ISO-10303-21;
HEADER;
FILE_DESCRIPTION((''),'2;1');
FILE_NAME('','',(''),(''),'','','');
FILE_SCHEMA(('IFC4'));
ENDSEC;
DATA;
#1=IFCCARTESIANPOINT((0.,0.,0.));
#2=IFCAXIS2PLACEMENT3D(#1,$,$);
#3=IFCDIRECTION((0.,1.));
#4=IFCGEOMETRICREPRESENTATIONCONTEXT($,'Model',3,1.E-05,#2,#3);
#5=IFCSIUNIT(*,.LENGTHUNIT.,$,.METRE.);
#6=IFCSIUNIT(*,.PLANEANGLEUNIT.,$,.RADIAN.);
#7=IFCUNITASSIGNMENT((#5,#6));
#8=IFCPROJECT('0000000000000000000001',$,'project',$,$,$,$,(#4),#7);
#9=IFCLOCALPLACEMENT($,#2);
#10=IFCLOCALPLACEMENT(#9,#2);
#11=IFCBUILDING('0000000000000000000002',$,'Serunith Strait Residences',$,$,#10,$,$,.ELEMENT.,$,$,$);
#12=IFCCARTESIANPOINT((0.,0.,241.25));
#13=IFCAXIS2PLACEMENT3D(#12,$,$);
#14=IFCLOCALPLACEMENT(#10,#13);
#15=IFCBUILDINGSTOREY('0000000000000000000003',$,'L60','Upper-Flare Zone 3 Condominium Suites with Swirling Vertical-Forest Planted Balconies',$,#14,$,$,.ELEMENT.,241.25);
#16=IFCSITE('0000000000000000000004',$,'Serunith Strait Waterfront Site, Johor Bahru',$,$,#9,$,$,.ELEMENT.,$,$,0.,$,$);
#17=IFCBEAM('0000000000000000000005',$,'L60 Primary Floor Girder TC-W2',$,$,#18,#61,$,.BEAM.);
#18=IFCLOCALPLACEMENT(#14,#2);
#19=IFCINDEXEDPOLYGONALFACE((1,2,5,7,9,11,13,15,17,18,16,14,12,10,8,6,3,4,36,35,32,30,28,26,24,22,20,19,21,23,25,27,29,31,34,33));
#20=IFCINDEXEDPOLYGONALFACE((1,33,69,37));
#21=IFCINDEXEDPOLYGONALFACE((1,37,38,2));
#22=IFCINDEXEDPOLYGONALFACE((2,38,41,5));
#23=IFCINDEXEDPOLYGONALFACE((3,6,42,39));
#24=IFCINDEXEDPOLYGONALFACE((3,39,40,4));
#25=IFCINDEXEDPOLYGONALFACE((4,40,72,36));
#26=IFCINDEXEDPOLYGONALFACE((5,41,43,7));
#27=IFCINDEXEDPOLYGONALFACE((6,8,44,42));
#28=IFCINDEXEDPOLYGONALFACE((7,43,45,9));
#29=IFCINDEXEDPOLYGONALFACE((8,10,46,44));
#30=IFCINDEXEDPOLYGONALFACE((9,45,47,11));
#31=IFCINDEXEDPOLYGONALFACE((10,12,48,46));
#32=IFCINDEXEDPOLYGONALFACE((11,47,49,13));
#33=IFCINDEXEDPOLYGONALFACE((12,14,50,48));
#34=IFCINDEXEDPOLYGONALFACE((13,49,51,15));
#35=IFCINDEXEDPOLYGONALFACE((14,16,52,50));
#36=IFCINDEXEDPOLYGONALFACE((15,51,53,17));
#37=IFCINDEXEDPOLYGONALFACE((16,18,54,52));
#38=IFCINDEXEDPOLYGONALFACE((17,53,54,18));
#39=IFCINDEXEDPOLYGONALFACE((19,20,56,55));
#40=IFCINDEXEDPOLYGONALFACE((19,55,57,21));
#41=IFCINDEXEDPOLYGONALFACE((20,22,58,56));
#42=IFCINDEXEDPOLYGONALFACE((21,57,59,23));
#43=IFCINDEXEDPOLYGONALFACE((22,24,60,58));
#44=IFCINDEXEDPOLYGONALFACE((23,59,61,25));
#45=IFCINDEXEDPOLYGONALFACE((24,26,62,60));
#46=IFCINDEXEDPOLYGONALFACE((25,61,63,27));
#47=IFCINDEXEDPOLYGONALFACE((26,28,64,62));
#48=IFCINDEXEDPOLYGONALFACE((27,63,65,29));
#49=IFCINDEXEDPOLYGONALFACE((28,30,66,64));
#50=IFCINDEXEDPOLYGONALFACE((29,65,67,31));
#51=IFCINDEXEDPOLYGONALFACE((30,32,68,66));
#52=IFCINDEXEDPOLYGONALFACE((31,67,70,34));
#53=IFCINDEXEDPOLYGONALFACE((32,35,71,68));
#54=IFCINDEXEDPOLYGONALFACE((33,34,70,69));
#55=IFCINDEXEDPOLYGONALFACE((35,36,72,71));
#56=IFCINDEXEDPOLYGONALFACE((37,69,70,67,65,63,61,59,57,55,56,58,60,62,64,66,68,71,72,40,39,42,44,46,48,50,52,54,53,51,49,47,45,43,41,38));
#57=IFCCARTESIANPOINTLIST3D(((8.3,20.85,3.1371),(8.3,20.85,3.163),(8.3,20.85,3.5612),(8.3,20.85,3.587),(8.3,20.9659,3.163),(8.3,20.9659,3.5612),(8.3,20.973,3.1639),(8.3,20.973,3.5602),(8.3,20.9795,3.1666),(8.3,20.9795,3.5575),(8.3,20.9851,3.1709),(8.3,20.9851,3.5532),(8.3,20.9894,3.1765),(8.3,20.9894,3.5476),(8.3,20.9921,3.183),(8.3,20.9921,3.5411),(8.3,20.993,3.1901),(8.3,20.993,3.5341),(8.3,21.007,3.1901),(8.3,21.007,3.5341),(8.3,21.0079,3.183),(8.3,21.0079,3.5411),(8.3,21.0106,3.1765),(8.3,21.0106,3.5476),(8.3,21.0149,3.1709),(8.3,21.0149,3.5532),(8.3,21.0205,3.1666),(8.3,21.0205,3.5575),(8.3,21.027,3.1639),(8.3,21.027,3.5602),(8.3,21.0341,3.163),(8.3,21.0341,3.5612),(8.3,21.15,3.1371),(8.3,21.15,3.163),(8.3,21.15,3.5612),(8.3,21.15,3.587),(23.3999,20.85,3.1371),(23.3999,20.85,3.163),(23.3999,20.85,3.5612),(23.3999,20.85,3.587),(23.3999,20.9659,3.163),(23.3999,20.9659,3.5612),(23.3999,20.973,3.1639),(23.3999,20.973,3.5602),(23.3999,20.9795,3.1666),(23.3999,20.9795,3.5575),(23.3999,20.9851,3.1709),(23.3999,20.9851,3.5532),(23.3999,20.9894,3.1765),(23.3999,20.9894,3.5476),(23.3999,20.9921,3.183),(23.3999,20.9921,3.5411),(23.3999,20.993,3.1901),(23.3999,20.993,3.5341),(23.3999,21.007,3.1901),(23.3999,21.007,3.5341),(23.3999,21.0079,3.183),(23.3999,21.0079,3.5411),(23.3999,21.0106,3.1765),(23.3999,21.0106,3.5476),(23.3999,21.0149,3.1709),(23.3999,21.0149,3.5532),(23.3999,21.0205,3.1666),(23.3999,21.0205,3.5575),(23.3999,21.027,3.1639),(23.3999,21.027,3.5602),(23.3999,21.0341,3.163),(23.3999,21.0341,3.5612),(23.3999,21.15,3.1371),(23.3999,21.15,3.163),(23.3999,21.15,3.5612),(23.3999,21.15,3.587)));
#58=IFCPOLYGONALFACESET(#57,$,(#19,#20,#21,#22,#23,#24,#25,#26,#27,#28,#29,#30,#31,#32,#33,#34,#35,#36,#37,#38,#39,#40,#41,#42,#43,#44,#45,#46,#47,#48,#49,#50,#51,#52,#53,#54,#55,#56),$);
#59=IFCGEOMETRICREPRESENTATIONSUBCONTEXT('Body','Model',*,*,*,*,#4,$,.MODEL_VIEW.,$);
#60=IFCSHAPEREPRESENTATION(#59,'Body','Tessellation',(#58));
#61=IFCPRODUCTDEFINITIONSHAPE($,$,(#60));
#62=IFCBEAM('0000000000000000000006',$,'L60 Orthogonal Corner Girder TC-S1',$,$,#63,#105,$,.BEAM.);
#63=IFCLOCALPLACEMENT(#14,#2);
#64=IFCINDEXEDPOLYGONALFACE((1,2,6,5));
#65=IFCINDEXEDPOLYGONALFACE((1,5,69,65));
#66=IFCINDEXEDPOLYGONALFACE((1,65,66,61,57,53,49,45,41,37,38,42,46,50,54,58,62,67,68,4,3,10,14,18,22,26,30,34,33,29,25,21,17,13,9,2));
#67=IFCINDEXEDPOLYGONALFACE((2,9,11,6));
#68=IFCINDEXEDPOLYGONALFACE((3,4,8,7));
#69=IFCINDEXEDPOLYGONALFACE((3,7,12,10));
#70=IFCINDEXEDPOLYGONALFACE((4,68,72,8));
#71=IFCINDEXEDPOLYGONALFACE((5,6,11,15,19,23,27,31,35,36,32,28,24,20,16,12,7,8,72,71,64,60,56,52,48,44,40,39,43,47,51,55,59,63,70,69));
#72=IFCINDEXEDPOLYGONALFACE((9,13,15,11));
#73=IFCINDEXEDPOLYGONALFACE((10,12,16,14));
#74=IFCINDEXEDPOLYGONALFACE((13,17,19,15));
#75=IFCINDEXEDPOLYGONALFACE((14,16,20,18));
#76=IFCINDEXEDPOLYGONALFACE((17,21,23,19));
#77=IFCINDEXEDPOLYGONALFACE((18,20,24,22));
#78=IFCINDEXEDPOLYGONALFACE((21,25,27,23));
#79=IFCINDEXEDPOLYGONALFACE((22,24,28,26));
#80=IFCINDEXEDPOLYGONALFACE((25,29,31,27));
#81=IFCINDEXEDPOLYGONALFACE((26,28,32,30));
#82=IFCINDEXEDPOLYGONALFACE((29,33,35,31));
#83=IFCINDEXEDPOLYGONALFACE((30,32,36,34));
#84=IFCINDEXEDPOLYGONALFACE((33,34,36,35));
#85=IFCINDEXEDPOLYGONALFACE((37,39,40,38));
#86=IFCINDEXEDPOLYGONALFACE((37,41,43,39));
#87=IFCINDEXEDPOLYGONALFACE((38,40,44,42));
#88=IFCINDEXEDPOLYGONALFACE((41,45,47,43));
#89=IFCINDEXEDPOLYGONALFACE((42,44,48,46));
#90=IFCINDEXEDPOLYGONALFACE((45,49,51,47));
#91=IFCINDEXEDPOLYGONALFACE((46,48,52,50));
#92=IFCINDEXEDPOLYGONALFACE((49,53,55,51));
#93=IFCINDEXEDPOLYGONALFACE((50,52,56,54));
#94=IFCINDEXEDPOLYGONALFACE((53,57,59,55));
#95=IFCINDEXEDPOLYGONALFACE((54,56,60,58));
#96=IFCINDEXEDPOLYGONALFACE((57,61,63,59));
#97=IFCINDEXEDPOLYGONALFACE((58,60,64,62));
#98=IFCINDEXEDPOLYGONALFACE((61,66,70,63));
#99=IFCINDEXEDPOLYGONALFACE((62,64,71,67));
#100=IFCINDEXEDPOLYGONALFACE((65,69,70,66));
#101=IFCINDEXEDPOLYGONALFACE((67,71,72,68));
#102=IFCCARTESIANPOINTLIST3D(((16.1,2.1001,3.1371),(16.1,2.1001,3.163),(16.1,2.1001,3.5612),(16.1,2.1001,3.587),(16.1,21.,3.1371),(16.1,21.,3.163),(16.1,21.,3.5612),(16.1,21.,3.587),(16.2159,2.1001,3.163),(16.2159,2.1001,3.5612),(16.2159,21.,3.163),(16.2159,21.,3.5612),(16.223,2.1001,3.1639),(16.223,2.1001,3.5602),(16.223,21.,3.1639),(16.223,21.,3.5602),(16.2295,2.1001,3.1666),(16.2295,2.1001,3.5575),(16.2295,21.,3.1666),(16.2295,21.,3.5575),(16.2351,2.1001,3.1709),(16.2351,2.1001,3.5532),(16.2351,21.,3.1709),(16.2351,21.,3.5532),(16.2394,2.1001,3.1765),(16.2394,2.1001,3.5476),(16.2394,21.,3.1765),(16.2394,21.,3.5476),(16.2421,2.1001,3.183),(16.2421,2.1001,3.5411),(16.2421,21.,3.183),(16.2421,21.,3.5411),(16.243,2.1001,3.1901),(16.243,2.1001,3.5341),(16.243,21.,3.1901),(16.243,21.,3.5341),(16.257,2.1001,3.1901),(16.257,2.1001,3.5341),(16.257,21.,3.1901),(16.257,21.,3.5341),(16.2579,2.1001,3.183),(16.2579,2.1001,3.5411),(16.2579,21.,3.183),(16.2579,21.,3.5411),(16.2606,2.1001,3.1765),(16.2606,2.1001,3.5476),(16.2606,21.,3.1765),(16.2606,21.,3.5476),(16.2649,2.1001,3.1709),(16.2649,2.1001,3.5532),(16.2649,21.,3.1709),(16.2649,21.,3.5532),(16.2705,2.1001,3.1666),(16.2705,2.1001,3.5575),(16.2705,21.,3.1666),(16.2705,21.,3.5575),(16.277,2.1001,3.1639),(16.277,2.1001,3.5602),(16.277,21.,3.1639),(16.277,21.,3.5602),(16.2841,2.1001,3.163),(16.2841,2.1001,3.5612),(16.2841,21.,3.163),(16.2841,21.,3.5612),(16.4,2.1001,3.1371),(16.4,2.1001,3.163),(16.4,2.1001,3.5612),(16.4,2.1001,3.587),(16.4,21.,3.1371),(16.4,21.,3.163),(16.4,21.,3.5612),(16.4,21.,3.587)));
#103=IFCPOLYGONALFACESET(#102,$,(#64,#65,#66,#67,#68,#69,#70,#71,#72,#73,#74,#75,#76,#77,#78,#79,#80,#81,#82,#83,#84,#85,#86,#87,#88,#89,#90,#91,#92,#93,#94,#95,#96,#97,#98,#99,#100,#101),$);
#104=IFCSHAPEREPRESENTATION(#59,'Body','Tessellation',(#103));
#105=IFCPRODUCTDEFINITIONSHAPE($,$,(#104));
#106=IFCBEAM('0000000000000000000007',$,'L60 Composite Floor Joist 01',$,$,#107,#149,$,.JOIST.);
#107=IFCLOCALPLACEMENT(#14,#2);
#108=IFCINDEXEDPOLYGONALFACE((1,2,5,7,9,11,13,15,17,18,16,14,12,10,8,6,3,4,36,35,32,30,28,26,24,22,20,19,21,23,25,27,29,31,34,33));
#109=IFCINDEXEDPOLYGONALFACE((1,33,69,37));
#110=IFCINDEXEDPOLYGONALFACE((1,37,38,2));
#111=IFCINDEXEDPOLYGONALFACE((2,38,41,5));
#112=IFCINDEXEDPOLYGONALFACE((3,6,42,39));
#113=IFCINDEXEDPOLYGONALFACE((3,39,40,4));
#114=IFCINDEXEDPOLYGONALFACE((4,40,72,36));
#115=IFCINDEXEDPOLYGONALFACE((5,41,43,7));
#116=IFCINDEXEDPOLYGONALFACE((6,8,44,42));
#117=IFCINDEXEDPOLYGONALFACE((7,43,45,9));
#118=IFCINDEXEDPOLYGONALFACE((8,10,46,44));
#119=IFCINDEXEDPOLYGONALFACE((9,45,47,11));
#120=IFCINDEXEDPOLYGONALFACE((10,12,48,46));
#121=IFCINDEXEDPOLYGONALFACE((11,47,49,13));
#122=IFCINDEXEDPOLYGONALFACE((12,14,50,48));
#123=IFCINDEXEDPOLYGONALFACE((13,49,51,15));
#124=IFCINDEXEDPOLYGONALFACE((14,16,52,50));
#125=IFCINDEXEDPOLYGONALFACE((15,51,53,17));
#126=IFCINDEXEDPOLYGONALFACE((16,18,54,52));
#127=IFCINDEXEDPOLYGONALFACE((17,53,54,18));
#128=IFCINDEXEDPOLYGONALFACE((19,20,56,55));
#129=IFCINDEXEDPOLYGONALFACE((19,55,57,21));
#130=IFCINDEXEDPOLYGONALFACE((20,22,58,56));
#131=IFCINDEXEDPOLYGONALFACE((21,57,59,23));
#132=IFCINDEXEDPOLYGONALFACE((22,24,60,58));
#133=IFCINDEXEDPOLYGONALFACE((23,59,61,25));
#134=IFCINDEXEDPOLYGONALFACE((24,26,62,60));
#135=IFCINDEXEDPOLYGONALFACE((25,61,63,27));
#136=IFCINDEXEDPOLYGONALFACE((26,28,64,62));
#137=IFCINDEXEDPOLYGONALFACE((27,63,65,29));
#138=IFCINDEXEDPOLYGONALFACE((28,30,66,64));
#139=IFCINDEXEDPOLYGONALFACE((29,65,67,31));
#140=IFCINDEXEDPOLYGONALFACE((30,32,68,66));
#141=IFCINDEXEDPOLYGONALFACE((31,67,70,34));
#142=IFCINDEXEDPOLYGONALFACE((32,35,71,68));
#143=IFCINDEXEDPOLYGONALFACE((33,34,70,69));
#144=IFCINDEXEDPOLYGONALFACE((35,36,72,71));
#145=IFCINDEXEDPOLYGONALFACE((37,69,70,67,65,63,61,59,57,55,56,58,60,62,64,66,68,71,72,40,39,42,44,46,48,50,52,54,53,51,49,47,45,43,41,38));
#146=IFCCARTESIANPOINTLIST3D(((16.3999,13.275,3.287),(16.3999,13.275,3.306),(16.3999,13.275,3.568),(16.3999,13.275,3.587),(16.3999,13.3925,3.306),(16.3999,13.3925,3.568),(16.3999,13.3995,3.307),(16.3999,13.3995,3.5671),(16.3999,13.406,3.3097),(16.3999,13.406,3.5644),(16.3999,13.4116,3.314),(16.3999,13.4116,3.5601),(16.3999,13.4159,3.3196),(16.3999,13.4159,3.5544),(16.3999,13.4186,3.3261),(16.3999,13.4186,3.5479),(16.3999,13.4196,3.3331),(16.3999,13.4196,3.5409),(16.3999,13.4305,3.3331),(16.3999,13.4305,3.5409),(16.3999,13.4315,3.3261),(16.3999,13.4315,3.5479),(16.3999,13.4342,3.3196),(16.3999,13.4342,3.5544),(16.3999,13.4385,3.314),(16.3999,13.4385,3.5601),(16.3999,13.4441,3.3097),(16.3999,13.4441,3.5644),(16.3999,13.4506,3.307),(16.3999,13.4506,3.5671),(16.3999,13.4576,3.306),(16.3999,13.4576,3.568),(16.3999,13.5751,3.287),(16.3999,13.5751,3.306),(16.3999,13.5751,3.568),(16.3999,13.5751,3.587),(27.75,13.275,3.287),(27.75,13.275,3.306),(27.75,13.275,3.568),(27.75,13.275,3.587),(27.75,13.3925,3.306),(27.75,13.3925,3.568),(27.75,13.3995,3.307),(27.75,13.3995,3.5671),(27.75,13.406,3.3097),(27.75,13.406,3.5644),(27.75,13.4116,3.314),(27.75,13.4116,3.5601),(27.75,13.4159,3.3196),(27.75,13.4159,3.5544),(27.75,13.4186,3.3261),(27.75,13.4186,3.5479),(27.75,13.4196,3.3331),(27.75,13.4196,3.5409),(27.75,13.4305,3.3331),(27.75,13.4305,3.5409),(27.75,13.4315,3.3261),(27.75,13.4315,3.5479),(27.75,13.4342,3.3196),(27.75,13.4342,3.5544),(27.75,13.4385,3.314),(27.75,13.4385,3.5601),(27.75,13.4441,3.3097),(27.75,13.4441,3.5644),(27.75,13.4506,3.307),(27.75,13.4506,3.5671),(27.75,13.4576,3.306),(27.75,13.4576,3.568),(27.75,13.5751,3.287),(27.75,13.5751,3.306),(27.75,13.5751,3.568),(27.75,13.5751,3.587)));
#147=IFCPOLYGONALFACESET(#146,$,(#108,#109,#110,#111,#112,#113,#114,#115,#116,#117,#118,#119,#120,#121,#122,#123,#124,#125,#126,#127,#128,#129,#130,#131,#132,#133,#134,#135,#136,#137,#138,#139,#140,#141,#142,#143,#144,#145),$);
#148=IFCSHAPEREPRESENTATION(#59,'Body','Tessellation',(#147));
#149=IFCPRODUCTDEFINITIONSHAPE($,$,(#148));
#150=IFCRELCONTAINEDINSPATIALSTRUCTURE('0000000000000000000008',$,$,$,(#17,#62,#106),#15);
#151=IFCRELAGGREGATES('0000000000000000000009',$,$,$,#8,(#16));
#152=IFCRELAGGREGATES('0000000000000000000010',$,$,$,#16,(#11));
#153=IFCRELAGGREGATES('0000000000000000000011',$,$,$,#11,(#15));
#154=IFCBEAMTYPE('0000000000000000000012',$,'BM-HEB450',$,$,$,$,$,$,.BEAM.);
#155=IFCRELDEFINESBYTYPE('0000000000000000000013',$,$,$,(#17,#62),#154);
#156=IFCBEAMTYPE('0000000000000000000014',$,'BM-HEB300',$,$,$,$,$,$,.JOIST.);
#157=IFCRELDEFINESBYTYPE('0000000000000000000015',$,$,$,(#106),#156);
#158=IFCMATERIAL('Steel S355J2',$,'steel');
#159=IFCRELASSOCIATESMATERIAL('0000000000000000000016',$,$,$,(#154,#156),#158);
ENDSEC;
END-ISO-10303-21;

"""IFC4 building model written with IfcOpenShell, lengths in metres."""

from ifc_helpers import new_model, si_unit, direction, frame, origin, origin_2d, place, context, subcontext, project, spatial, i_section, extrude, source, transform, mapped, material, material_profile, profile_set, type_object, element, save


model = new_model("IFC4")

# Units and contexts
model_context = context("Model", 3, precision=1e-05, world=origin(), true_north=direction((0.0, 1.0)))
body_context = subcontext(model_context, "Body", "Model", "MODEL_VIEW")
ifc_project = project(units=[si_unit("LENGTHUNIT", "METRE"), si_unit("PLANEANGLEUNIT", "RADIAN")], contexts=[model_context])

# Site, building, storey
site_placement = place(None, origin())
site = spatial("IfcSite", under=ifc_project, at=site_placement, Name="Serunith Strait Waterfront Site, Johor Bahru", CompositionType="ELEMENT", RefElevation=0.0)
building_placement = place(site_placement, origin())
building = spatial("IfcBuilding", under=site, at=building_placement, Name="Serunith Strait Residences", CompositionType="ELEMENT")
storey_placement = place(building_placement, frame((0.0, 0.0, 241.25)))
storey = spatial("IfcBuildingStorey", under=building, at=storey_placement, Name="L60", Description="Upper-Flare Zone 3 Condominium Suites with Swirling Vertical-Forest Planted Balconies", CompositionType="ELEMENT", Elevation=241.25)

# Beams
ifc_material_1 = material(Name="Steel S355J2", Category="steel")
ifc_material_profile_1 = material_profile(ifc_material_1, i_section(OverallWidth=0.3, OverallDepth=0.45, WebThickness=0.0139, FlangeThickness=0.0259, FilletRadius=0.0271, at=origin_2d()), Name="HEB 450")
ifc_profile_set_1 = profile_set([ifc_material_profile_1], Name="Steel S355J2")
beam_type_1 = type_object("IfcBeamType", Name="BM-HEB450", PredefinedType="BEAM", material=ifc_profile_set_1)
shared_shape_1 = source(origin(), body_context, "Body", "SweptSolid", [
    extrude(i_section(OverallWidth=0.3, OverallDepth=0.45, WebThickness=0.0139, FlangeThickness=0.0259, FilletRadius=0.0271, at=origin_2d()), origin(), (0.0, 0.0, 1.0), 15.0999),
])
beam_1_placement = place(storey_placement, frame((23.3999, 21.0, 3.3621), z_axis=(-1.0, 0.0, 0.0), x_axis=(0.0, -1.0, 0.0)))
element("IfcBeam", 1, at=beam_1_placement, inside=storey, type_object=beam_type_1, Name="L60 Primary Floor Girder TC-W2", PredefinedType="BEAM", context=body_context, shape_type="MappedRepresentation", body=[
    mapped(shared_shape_1, transform((0.0, 0.0, 0.0), scale=1.0)),
])
shared_shape_2 = source(origin(), body_context, "Body", "SweptSolid", [
    extrude(i_section(OverallWidth=0.3, OverallDepth=0.45, WebThickness=0.0139, FlangeThickness=0.0259, FilletRadius=0.0271, at=origin_2d()), origin(), (0.0, 0.0, 1.0), 18.8999),
])
beam_2_placement = place(storey_placement, frame((16.25, 21.0, 3.3621), z_axis=(0.0, -1.0, 0.0), x_axis=(1.0, 0.0, 0.0)))
element("IfcBeam", 2, at=beam_2_placement, inside=storey, type_object=beam_type_1, Name="L60 Orthogonal Corner Girder TC-S1", PredefinedType="BEAM", context=body_context, shape_type="MappedRepresentation", body=[
    mapped(shared_shape_2, transform((0.0, 0.0, 0.0), scale=1.0)),
])
ifc_material_profile_2 = material_profile(ifc_material_1, i_section(OverallWidth=0.3, OverallDepth=0.3, WebThickness=0.011, FlangeThickness=0.019, FilletRadius=0.0271, at=origin_2d()), Name="HEB 300")
ifc_profile_set_2 = profile_set([ifc_material_profile_2], Name="Steel S355J2")
beam_type_2 = type_object("IfcBeamType", Name="BM-HEB300", PredefinedType="JOIST", material=ifc_profile_set_2)
shared_shape_3 = source(origin(), body_context, "Body", "SweptSolid", [
    extrude(i_section(OverallWidth=0.3, OverallDepth=0.3, WebThickness=0.011, FlangeThickness=0.019, FilletRadius=0.0271, at=origin_2d()), origin(), (0.0, 0.0, 1.0), 11.3501),
])
beam_3_placement = place(storey_placement, frame((16.3999, 13.425, 3.437), z_axis=(1.0, 0.0, 0.0), x_axis=(0.0, 1.0, 0.0)))
element("IfcBeam", 3, at=beam_3_placement, inside=storey, type_object=beam_type_2, Name="L60 Composite Floor Joist 01", PredefinedType="JOIST", context=body_context, shape_type="MappedRepresentation", body=[
    mapped(shared_shape_3, transform((0.0, 0.0, 0.0), scale=1.0)),
])

save(model, "model.ifc")
